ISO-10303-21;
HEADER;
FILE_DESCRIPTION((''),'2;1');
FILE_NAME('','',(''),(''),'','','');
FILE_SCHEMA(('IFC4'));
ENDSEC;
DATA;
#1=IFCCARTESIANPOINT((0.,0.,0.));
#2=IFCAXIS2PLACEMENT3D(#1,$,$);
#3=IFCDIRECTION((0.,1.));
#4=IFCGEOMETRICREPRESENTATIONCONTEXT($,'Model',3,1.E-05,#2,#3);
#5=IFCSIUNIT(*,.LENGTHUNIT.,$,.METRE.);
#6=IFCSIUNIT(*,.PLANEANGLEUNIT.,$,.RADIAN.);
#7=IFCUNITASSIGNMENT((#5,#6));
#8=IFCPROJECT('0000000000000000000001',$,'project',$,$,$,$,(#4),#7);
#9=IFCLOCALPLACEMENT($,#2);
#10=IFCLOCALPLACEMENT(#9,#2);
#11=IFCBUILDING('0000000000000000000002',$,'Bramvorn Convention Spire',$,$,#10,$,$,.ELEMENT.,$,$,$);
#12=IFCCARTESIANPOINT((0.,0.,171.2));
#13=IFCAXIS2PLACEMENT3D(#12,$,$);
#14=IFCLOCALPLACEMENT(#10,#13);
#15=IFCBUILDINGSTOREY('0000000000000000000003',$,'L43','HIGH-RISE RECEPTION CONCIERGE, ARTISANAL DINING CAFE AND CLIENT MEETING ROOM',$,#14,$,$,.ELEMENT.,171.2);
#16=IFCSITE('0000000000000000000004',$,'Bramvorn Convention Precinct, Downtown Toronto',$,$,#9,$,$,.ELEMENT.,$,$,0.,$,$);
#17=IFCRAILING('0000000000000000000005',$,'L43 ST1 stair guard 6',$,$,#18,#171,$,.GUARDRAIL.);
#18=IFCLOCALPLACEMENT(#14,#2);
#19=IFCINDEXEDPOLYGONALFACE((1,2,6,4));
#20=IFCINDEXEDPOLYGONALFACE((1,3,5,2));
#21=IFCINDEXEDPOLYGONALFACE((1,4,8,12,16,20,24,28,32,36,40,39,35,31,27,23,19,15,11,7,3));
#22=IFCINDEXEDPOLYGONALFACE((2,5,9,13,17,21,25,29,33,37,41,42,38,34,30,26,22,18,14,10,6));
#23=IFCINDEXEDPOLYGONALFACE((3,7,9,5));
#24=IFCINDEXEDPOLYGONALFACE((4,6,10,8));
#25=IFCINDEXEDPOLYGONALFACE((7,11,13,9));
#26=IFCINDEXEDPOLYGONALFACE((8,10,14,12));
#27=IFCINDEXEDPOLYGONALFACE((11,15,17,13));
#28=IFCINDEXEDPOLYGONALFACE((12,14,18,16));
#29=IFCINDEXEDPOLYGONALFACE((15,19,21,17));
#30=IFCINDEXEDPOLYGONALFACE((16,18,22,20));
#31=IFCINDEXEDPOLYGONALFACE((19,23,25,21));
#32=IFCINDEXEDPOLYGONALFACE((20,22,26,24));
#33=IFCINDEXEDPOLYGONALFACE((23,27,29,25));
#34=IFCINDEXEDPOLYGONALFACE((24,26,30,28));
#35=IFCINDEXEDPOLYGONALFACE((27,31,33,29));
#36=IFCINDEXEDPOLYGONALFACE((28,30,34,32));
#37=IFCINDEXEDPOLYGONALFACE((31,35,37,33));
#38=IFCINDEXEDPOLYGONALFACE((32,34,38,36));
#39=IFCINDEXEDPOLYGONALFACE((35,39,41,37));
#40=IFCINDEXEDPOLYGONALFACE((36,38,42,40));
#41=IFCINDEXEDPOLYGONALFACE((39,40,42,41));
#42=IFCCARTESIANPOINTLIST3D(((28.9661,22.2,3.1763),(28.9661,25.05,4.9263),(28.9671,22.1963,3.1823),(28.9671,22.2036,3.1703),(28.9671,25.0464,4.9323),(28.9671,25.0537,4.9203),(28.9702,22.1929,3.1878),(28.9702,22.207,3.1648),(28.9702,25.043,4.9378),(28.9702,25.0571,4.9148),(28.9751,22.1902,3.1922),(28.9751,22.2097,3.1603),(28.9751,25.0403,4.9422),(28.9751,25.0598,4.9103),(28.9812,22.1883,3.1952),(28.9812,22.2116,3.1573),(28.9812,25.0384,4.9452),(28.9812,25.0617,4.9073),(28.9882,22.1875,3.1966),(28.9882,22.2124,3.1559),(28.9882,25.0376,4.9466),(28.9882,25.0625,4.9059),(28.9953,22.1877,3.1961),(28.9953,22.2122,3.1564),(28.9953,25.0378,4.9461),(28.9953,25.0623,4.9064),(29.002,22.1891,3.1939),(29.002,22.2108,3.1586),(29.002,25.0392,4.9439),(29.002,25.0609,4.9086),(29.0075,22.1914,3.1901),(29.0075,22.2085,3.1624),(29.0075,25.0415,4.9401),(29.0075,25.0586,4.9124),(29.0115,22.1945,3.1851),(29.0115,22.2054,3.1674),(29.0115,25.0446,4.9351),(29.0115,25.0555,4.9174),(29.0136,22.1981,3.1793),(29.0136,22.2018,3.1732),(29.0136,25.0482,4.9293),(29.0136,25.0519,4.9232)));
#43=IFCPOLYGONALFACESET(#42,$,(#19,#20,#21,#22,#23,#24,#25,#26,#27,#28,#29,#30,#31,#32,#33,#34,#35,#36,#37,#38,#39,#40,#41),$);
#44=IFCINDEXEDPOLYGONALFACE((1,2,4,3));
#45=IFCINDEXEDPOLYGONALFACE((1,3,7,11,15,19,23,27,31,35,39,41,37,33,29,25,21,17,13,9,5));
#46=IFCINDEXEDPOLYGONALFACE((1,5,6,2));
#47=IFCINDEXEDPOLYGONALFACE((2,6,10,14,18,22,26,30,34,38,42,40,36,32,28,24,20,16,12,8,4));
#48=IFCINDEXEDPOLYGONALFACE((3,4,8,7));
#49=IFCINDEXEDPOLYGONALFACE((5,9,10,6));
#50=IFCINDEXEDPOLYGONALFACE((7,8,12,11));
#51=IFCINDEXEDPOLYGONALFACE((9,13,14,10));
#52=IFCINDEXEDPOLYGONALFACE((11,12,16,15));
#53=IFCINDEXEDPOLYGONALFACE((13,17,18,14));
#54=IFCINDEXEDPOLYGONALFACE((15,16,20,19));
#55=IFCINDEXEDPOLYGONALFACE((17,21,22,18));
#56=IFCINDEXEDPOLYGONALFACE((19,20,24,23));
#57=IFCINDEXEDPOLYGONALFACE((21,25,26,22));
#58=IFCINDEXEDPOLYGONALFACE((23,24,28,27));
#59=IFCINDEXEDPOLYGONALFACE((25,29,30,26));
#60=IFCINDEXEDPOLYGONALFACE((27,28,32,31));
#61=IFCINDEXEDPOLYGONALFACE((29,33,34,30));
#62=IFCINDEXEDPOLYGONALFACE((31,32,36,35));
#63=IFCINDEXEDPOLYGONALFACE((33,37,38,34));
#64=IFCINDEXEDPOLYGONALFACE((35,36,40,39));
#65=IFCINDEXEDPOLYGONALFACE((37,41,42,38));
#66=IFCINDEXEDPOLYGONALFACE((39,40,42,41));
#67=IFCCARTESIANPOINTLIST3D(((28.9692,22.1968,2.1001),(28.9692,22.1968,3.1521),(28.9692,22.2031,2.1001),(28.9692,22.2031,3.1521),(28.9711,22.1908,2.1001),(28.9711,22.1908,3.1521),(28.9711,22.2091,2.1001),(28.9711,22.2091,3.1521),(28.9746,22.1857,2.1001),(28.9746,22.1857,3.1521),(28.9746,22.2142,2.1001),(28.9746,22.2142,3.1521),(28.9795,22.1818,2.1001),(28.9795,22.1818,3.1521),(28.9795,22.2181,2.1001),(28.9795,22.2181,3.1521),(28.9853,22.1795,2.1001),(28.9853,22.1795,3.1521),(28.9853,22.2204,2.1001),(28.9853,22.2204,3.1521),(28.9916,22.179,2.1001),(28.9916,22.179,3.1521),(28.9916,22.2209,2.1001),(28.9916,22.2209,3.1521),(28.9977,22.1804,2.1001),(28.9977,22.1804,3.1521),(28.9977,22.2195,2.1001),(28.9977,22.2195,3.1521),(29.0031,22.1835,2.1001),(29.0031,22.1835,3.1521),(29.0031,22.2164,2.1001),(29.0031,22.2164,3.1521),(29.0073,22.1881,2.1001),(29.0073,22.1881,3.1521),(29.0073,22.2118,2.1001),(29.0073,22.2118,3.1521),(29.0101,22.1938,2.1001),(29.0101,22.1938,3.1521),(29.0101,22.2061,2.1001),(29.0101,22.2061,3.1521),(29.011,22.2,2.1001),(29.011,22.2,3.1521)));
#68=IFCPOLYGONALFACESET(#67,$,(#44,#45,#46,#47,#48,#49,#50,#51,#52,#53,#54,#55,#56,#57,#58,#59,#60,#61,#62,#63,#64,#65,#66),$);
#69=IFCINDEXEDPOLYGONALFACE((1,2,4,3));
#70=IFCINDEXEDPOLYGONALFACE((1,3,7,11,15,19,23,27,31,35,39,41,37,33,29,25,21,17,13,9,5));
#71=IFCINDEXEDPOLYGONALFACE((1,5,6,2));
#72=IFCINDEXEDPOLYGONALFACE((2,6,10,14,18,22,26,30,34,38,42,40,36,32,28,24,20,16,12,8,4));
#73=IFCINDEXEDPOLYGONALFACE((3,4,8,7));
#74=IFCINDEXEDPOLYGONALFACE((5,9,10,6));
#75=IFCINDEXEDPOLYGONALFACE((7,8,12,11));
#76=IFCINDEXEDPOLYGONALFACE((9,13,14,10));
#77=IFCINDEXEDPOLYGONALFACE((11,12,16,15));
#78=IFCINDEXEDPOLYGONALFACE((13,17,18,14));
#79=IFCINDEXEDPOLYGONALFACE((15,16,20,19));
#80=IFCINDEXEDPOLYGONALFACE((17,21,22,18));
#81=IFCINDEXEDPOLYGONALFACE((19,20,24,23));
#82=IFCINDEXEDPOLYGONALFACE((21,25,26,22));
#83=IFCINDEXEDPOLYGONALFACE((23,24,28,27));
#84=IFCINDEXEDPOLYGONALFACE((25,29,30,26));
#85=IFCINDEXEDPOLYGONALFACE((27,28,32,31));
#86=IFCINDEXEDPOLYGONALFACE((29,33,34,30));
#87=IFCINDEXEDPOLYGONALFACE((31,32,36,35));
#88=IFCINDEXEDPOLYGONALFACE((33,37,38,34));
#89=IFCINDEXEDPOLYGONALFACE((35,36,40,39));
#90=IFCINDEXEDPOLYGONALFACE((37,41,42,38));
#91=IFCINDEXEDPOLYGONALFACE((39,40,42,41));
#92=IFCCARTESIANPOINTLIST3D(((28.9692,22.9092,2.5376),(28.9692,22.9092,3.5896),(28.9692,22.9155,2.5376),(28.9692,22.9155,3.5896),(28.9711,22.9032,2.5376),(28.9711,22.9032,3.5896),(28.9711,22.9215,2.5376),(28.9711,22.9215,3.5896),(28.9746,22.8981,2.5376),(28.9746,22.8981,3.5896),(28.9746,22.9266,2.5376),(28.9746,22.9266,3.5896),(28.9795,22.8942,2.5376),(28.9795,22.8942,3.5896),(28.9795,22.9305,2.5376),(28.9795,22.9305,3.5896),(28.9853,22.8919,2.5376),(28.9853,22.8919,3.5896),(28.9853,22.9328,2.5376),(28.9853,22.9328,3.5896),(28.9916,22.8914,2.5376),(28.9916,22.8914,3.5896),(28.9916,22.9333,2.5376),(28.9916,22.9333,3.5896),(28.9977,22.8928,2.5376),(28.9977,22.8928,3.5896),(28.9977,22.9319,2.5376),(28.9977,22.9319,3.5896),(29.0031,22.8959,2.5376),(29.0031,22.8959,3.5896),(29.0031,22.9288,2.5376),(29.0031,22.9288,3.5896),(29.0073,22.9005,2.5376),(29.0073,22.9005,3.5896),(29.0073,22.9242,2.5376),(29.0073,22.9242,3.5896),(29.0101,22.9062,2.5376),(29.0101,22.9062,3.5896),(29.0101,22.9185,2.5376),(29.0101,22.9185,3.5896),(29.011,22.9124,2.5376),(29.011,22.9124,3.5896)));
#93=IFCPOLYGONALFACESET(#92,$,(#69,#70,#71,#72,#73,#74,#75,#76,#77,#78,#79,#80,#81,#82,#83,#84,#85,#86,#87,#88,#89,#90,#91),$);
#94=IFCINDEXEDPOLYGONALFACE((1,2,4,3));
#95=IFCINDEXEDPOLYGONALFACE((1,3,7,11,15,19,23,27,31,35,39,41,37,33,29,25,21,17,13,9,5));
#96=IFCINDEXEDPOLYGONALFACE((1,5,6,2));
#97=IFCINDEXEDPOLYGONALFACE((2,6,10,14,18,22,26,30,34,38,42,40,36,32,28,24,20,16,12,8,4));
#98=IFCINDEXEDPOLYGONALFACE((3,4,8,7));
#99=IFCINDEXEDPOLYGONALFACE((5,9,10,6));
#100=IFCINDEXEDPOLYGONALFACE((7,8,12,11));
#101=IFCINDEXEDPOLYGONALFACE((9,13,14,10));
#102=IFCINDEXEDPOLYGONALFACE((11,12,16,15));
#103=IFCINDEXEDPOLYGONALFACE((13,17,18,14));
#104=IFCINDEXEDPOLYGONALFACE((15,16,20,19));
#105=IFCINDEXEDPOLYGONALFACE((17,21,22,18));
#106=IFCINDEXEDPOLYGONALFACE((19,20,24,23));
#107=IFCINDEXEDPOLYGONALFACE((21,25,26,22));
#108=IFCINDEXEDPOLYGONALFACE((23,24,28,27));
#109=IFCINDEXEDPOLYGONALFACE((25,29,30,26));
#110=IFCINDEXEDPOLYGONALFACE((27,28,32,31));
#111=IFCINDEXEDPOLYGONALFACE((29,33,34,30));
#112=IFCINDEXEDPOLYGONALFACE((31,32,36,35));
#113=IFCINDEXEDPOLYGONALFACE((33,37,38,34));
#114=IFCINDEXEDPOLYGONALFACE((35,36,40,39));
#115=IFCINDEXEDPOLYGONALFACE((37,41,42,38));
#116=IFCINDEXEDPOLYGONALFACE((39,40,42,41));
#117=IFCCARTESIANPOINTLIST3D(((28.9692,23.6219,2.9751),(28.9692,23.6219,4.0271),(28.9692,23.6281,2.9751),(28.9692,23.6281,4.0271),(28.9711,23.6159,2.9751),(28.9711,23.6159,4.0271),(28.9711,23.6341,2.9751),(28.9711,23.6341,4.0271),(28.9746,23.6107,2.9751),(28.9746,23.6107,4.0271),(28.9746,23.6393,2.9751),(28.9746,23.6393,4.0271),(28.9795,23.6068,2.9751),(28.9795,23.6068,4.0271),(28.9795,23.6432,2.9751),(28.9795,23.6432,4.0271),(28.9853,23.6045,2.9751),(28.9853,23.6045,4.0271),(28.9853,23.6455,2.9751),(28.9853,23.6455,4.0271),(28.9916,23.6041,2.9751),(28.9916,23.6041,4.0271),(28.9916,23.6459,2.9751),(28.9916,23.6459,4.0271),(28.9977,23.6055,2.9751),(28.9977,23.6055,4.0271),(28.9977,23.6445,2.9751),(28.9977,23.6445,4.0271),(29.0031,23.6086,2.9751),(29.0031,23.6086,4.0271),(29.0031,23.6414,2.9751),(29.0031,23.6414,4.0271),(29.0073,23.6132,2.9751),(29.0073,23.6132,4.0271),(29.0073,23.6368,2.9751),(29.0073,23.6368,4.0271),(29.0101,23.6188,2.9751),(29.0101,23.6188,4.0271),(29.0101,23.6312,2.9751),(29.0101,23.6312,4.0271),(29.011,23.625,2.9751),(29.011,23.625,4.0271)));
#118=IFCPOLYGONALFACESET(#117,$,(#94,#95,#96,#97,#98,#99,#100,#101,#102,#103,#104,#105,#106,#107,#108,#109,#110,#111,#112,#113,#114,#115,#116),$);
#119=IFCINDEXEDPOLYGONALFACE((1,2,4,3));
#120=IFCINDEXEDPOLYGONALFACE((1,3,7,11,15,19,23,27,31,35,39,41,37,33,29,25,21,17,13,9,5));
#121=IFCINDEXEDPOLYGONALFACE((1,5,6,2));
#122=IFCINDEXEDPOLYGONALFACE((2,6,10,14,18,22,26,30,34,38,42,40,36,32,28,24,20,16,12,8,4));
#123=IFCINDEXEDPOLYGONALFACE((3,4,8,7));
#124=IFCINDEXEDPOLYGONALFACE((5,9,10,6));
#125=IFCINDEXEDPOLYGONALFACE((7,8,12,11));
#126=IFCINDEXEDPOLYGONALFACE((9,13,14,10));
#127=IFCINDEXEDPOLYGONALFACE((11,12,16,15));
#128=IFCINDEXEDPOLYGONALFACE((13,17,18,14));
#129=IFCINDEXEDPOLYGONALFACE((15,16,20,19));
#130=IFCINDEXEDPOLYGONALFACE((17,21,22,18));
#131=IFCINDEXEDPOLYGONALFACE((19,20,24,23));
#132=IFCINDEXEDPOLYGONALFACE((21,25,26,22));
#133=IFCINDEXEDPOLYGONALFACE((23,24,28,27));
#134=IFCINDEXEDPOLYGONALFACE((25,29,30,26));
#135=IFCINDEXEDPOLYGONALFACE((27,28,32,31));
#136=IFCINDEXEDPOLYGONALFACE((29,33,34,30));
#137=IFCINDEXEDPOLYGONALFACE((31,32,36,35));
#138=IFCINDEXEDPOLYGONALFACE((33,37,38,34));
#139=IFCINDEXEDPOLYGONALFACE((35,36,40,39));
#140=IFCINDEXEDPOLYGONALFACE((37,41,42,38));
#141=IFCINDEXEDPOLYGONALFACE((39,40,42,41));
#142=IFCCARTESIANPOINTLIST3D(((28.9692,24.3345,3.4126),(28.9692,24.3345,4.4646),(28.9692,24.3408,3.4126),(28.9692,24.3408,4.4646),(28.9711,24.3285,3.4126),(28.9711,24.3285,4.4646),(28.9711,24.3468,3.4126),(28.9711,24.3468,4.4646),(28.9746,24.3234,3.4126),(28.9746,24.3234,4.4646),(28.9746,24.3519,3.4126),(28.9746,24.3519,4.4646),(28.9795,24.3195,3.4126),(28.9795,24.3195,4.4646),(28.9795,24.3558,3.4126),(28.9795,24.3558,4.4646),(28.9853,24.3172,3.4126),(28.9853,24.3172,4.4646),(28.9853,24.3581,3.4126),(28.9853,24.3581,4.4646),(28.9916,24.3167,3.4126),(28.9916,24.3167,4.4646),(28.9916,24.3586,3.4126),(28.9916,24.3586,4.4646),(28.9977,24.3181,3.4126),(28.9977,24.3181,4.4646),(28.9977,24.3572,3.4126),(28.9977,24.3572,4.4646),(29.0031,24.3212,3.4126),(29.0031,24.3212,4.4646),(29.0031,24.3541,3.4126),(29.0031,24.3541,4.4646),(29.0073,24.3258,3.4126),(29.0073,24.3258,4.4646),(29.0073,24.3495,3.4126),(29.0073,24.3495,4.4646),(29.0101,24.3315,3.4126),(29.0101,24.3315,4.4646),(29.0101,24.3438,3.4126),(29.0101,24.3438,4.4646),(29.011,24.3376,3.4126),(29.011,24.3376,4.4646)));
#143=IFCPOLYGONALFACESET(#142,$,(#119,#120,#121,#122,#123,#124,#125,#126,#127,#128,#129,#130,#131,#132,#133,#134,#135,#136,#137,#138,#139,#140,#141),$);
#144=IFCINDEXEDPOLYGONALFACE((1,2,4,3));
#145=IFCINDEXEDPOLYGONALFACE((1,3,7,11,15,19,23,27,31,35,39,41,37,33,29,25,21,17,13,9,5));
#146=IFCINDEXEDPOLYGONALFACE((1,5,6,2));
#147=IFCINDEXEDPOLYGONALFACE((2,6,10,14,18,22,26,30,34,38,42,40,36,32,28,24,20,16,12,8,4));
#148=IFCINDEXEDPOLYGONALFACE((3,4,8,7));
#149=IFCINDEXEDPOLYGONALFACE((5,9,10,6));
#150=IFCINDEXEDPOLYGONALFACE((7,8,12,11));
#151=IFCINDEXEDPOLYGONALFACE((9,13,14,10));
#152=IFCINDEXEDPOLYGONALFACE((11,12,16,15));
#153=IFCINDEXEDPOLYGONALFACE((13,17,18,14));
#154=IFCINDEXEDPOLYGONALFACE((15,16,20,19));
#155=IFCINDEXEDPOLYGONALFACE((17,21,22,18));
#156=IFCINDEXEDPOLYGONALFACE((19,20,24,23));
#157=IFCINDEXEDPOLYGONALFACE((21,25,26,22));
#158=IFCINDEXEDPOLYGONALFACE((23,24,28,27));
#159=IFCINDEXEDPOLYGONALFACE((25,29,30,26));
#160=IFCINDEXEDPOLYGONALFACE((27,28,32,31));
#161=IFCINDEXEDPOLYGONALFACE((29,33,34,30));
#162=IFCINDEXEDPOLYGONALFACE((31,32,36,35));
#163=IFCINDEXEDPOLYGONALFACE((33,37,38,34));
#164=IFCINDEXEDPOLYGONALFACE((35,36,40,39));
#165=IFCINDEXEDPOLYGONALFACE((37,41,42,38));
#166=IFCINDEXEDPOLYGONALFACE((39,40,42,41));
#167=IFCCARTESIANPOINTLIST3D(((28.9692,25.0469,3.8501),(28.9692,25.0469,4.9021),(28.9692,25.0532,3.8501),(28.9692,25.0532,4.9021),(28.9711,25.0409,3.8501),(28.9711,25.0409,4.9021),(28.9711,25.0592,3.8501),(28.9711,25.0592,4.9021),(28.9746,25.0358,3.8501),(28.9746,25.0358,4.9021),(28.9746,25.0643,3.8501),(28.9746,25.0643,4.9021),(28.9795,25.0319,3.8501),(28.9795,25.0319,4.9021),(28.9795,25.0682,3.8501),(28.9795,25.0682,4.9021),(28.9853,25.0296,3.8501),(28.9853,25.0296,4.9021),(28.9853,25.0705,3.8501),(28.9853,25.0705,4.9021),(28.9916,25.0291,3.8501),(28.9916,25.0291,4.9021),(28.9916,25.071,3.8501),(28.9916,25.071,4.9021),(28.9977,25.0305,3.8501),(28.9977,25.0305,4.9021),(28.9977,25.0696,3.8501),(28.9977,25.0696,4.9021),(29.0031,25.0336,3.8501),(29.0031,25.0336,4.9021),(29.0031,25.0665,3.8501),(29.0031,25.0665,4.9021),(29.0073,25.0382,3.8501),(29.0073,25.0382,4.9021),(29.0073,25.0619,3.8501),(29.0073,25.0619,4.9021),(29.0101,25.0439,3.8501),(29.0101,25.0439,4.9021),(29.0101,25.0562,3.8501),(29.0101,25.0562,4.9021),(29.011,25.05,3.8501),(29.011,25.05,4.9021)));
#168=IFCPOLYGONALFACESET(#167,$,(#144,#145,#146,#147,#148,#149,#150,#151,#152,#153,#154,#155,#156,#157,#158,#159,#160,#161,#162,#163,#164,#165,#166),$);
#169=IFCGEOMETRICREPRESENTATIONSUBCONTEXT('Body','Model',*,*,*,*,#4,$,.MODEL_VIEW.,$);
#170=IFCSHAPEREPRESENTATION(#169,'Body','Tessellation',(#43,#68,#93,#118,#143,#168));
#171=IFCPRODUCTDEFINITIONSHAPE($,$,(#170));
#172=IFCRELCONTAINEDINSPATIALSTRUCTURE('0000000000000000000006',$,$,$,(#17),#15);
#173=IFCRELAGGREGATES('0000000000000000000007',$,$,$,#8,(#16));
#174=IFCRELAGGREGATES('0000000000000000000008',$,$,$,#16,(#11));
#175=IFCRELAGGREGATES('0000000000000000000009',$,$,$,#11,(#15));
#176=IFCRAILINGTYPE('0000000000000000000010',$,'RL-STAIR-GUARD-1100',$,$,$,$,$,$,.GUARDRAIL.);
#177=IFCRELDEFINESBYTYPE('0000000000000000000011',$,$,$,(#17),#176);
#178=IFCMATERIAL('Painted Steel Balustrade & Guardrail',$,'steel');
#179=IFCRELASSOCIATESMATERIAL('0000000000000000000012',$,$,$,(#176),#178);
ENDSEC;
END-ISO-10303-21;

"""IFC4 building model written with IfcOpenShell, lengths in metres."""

from ifc_helpers import new_model, si_unit, direction, frame, origin, origin_2d, place, context, subcontext, project, spatial, circle, extrude, material, type_object, element, save


model = new_model("IFC4")

# Units and contexts
model_context = context("Model", 3, precision=1e-05, world=origin(), true_north=direction((0.0, 1.0)))
body_context = subcontext(model_context, "Body", "Model", "MODEL_VIEW")
ifc_project = project(units=[si_unit("LENGTHUNIT", "METRE"), si_unit("PLANEANGLEUNIT", "RADIAN")], contexts=[model_context])

# Site, building, storey
site_placement = place(None, origin())
site = spatial("IfcSite", under=ifc_project, at=site_placement, Name="Bramvorn Convention Precinct, Downtown Toronto", CompositionType="ELEMENT", RefElevation=0.0)
building_placement = place(site_placement, origin())
building = spatial("IfcBuilding", under=site, at=building_placement, Name="Bramvorn Convention Spire", CompositionType="ELEMENT")
storey_placement = place(building_placement, frame((0.0, 0.0, 171.2)))
storey = spatial("IfcBuildingStorey", under=building, at=storey_placement, Name="L43", Description="HIGH-RISE RECEPTION CONCIERGE, ARTISANAL DINING CAFE AND CLIENT MEETING ROOM", CompositionType="ELEMENT", Elevation=171.2)

# Railing
ifc_material_1 = material(Name="Painted Steel Balustrade & Guardrail", Category="steel")
railing_type_1 = type_object("IfcRailingType", Name="RL-STAIR-GUARD-1100", PredefinedType="GUARDRAIL", material=ifc_material_1)
railing_1_placement = place(storey_placement, frame((28.99, 22.2, 2.1001)))
element("IfcRailing", 1, at=railing_1_placement, inside=storey, type_object=railing_type_1, Name="L43 ST1 stair guard 6", PredefinedType="GUARDRAIL", context=body_context, shape_type="SweptSolid", body=[
    extrude(circle(Radius=0.0239, at=origin_2d()), frame((0.0, 0.0, 1.0762), z_axis=(0.0, 0.852179, 0.52325), x_axis=(-1.0, 0.0, 0.0)), (0.0, 0.0, 1.0), 3.3445),
    extrude(circle(Radius=0.021, at=origin_2d()), origin(), (0.0, 0.0, 1.0), 1.052),
    extrude(circle(Radius=0.021, at=origin_2d()), frame((0.0, 0.7124, 0.4375)), (0.0, 0.0, 1.0), 1.052),
    extrude(circle(Radius=0.021, at=origin_2d()), frame((0.0, 1.425, 0.875)), (0.0, 0.0, 1.0), 1.052),
    extrude(circle(Radius=0.021, at=origin_2d()), frame((0.0, 2.1377, 1.3125)), (0.0, 0.0, 1.0), 1.052),
    extrude(circle(Radius=0.021, at=origin_2d()), frame((0.0, 2.8501, 1.75)), (0.0, 0.0, 1.0), 1.052),
])

save(model, "model.ifc")
